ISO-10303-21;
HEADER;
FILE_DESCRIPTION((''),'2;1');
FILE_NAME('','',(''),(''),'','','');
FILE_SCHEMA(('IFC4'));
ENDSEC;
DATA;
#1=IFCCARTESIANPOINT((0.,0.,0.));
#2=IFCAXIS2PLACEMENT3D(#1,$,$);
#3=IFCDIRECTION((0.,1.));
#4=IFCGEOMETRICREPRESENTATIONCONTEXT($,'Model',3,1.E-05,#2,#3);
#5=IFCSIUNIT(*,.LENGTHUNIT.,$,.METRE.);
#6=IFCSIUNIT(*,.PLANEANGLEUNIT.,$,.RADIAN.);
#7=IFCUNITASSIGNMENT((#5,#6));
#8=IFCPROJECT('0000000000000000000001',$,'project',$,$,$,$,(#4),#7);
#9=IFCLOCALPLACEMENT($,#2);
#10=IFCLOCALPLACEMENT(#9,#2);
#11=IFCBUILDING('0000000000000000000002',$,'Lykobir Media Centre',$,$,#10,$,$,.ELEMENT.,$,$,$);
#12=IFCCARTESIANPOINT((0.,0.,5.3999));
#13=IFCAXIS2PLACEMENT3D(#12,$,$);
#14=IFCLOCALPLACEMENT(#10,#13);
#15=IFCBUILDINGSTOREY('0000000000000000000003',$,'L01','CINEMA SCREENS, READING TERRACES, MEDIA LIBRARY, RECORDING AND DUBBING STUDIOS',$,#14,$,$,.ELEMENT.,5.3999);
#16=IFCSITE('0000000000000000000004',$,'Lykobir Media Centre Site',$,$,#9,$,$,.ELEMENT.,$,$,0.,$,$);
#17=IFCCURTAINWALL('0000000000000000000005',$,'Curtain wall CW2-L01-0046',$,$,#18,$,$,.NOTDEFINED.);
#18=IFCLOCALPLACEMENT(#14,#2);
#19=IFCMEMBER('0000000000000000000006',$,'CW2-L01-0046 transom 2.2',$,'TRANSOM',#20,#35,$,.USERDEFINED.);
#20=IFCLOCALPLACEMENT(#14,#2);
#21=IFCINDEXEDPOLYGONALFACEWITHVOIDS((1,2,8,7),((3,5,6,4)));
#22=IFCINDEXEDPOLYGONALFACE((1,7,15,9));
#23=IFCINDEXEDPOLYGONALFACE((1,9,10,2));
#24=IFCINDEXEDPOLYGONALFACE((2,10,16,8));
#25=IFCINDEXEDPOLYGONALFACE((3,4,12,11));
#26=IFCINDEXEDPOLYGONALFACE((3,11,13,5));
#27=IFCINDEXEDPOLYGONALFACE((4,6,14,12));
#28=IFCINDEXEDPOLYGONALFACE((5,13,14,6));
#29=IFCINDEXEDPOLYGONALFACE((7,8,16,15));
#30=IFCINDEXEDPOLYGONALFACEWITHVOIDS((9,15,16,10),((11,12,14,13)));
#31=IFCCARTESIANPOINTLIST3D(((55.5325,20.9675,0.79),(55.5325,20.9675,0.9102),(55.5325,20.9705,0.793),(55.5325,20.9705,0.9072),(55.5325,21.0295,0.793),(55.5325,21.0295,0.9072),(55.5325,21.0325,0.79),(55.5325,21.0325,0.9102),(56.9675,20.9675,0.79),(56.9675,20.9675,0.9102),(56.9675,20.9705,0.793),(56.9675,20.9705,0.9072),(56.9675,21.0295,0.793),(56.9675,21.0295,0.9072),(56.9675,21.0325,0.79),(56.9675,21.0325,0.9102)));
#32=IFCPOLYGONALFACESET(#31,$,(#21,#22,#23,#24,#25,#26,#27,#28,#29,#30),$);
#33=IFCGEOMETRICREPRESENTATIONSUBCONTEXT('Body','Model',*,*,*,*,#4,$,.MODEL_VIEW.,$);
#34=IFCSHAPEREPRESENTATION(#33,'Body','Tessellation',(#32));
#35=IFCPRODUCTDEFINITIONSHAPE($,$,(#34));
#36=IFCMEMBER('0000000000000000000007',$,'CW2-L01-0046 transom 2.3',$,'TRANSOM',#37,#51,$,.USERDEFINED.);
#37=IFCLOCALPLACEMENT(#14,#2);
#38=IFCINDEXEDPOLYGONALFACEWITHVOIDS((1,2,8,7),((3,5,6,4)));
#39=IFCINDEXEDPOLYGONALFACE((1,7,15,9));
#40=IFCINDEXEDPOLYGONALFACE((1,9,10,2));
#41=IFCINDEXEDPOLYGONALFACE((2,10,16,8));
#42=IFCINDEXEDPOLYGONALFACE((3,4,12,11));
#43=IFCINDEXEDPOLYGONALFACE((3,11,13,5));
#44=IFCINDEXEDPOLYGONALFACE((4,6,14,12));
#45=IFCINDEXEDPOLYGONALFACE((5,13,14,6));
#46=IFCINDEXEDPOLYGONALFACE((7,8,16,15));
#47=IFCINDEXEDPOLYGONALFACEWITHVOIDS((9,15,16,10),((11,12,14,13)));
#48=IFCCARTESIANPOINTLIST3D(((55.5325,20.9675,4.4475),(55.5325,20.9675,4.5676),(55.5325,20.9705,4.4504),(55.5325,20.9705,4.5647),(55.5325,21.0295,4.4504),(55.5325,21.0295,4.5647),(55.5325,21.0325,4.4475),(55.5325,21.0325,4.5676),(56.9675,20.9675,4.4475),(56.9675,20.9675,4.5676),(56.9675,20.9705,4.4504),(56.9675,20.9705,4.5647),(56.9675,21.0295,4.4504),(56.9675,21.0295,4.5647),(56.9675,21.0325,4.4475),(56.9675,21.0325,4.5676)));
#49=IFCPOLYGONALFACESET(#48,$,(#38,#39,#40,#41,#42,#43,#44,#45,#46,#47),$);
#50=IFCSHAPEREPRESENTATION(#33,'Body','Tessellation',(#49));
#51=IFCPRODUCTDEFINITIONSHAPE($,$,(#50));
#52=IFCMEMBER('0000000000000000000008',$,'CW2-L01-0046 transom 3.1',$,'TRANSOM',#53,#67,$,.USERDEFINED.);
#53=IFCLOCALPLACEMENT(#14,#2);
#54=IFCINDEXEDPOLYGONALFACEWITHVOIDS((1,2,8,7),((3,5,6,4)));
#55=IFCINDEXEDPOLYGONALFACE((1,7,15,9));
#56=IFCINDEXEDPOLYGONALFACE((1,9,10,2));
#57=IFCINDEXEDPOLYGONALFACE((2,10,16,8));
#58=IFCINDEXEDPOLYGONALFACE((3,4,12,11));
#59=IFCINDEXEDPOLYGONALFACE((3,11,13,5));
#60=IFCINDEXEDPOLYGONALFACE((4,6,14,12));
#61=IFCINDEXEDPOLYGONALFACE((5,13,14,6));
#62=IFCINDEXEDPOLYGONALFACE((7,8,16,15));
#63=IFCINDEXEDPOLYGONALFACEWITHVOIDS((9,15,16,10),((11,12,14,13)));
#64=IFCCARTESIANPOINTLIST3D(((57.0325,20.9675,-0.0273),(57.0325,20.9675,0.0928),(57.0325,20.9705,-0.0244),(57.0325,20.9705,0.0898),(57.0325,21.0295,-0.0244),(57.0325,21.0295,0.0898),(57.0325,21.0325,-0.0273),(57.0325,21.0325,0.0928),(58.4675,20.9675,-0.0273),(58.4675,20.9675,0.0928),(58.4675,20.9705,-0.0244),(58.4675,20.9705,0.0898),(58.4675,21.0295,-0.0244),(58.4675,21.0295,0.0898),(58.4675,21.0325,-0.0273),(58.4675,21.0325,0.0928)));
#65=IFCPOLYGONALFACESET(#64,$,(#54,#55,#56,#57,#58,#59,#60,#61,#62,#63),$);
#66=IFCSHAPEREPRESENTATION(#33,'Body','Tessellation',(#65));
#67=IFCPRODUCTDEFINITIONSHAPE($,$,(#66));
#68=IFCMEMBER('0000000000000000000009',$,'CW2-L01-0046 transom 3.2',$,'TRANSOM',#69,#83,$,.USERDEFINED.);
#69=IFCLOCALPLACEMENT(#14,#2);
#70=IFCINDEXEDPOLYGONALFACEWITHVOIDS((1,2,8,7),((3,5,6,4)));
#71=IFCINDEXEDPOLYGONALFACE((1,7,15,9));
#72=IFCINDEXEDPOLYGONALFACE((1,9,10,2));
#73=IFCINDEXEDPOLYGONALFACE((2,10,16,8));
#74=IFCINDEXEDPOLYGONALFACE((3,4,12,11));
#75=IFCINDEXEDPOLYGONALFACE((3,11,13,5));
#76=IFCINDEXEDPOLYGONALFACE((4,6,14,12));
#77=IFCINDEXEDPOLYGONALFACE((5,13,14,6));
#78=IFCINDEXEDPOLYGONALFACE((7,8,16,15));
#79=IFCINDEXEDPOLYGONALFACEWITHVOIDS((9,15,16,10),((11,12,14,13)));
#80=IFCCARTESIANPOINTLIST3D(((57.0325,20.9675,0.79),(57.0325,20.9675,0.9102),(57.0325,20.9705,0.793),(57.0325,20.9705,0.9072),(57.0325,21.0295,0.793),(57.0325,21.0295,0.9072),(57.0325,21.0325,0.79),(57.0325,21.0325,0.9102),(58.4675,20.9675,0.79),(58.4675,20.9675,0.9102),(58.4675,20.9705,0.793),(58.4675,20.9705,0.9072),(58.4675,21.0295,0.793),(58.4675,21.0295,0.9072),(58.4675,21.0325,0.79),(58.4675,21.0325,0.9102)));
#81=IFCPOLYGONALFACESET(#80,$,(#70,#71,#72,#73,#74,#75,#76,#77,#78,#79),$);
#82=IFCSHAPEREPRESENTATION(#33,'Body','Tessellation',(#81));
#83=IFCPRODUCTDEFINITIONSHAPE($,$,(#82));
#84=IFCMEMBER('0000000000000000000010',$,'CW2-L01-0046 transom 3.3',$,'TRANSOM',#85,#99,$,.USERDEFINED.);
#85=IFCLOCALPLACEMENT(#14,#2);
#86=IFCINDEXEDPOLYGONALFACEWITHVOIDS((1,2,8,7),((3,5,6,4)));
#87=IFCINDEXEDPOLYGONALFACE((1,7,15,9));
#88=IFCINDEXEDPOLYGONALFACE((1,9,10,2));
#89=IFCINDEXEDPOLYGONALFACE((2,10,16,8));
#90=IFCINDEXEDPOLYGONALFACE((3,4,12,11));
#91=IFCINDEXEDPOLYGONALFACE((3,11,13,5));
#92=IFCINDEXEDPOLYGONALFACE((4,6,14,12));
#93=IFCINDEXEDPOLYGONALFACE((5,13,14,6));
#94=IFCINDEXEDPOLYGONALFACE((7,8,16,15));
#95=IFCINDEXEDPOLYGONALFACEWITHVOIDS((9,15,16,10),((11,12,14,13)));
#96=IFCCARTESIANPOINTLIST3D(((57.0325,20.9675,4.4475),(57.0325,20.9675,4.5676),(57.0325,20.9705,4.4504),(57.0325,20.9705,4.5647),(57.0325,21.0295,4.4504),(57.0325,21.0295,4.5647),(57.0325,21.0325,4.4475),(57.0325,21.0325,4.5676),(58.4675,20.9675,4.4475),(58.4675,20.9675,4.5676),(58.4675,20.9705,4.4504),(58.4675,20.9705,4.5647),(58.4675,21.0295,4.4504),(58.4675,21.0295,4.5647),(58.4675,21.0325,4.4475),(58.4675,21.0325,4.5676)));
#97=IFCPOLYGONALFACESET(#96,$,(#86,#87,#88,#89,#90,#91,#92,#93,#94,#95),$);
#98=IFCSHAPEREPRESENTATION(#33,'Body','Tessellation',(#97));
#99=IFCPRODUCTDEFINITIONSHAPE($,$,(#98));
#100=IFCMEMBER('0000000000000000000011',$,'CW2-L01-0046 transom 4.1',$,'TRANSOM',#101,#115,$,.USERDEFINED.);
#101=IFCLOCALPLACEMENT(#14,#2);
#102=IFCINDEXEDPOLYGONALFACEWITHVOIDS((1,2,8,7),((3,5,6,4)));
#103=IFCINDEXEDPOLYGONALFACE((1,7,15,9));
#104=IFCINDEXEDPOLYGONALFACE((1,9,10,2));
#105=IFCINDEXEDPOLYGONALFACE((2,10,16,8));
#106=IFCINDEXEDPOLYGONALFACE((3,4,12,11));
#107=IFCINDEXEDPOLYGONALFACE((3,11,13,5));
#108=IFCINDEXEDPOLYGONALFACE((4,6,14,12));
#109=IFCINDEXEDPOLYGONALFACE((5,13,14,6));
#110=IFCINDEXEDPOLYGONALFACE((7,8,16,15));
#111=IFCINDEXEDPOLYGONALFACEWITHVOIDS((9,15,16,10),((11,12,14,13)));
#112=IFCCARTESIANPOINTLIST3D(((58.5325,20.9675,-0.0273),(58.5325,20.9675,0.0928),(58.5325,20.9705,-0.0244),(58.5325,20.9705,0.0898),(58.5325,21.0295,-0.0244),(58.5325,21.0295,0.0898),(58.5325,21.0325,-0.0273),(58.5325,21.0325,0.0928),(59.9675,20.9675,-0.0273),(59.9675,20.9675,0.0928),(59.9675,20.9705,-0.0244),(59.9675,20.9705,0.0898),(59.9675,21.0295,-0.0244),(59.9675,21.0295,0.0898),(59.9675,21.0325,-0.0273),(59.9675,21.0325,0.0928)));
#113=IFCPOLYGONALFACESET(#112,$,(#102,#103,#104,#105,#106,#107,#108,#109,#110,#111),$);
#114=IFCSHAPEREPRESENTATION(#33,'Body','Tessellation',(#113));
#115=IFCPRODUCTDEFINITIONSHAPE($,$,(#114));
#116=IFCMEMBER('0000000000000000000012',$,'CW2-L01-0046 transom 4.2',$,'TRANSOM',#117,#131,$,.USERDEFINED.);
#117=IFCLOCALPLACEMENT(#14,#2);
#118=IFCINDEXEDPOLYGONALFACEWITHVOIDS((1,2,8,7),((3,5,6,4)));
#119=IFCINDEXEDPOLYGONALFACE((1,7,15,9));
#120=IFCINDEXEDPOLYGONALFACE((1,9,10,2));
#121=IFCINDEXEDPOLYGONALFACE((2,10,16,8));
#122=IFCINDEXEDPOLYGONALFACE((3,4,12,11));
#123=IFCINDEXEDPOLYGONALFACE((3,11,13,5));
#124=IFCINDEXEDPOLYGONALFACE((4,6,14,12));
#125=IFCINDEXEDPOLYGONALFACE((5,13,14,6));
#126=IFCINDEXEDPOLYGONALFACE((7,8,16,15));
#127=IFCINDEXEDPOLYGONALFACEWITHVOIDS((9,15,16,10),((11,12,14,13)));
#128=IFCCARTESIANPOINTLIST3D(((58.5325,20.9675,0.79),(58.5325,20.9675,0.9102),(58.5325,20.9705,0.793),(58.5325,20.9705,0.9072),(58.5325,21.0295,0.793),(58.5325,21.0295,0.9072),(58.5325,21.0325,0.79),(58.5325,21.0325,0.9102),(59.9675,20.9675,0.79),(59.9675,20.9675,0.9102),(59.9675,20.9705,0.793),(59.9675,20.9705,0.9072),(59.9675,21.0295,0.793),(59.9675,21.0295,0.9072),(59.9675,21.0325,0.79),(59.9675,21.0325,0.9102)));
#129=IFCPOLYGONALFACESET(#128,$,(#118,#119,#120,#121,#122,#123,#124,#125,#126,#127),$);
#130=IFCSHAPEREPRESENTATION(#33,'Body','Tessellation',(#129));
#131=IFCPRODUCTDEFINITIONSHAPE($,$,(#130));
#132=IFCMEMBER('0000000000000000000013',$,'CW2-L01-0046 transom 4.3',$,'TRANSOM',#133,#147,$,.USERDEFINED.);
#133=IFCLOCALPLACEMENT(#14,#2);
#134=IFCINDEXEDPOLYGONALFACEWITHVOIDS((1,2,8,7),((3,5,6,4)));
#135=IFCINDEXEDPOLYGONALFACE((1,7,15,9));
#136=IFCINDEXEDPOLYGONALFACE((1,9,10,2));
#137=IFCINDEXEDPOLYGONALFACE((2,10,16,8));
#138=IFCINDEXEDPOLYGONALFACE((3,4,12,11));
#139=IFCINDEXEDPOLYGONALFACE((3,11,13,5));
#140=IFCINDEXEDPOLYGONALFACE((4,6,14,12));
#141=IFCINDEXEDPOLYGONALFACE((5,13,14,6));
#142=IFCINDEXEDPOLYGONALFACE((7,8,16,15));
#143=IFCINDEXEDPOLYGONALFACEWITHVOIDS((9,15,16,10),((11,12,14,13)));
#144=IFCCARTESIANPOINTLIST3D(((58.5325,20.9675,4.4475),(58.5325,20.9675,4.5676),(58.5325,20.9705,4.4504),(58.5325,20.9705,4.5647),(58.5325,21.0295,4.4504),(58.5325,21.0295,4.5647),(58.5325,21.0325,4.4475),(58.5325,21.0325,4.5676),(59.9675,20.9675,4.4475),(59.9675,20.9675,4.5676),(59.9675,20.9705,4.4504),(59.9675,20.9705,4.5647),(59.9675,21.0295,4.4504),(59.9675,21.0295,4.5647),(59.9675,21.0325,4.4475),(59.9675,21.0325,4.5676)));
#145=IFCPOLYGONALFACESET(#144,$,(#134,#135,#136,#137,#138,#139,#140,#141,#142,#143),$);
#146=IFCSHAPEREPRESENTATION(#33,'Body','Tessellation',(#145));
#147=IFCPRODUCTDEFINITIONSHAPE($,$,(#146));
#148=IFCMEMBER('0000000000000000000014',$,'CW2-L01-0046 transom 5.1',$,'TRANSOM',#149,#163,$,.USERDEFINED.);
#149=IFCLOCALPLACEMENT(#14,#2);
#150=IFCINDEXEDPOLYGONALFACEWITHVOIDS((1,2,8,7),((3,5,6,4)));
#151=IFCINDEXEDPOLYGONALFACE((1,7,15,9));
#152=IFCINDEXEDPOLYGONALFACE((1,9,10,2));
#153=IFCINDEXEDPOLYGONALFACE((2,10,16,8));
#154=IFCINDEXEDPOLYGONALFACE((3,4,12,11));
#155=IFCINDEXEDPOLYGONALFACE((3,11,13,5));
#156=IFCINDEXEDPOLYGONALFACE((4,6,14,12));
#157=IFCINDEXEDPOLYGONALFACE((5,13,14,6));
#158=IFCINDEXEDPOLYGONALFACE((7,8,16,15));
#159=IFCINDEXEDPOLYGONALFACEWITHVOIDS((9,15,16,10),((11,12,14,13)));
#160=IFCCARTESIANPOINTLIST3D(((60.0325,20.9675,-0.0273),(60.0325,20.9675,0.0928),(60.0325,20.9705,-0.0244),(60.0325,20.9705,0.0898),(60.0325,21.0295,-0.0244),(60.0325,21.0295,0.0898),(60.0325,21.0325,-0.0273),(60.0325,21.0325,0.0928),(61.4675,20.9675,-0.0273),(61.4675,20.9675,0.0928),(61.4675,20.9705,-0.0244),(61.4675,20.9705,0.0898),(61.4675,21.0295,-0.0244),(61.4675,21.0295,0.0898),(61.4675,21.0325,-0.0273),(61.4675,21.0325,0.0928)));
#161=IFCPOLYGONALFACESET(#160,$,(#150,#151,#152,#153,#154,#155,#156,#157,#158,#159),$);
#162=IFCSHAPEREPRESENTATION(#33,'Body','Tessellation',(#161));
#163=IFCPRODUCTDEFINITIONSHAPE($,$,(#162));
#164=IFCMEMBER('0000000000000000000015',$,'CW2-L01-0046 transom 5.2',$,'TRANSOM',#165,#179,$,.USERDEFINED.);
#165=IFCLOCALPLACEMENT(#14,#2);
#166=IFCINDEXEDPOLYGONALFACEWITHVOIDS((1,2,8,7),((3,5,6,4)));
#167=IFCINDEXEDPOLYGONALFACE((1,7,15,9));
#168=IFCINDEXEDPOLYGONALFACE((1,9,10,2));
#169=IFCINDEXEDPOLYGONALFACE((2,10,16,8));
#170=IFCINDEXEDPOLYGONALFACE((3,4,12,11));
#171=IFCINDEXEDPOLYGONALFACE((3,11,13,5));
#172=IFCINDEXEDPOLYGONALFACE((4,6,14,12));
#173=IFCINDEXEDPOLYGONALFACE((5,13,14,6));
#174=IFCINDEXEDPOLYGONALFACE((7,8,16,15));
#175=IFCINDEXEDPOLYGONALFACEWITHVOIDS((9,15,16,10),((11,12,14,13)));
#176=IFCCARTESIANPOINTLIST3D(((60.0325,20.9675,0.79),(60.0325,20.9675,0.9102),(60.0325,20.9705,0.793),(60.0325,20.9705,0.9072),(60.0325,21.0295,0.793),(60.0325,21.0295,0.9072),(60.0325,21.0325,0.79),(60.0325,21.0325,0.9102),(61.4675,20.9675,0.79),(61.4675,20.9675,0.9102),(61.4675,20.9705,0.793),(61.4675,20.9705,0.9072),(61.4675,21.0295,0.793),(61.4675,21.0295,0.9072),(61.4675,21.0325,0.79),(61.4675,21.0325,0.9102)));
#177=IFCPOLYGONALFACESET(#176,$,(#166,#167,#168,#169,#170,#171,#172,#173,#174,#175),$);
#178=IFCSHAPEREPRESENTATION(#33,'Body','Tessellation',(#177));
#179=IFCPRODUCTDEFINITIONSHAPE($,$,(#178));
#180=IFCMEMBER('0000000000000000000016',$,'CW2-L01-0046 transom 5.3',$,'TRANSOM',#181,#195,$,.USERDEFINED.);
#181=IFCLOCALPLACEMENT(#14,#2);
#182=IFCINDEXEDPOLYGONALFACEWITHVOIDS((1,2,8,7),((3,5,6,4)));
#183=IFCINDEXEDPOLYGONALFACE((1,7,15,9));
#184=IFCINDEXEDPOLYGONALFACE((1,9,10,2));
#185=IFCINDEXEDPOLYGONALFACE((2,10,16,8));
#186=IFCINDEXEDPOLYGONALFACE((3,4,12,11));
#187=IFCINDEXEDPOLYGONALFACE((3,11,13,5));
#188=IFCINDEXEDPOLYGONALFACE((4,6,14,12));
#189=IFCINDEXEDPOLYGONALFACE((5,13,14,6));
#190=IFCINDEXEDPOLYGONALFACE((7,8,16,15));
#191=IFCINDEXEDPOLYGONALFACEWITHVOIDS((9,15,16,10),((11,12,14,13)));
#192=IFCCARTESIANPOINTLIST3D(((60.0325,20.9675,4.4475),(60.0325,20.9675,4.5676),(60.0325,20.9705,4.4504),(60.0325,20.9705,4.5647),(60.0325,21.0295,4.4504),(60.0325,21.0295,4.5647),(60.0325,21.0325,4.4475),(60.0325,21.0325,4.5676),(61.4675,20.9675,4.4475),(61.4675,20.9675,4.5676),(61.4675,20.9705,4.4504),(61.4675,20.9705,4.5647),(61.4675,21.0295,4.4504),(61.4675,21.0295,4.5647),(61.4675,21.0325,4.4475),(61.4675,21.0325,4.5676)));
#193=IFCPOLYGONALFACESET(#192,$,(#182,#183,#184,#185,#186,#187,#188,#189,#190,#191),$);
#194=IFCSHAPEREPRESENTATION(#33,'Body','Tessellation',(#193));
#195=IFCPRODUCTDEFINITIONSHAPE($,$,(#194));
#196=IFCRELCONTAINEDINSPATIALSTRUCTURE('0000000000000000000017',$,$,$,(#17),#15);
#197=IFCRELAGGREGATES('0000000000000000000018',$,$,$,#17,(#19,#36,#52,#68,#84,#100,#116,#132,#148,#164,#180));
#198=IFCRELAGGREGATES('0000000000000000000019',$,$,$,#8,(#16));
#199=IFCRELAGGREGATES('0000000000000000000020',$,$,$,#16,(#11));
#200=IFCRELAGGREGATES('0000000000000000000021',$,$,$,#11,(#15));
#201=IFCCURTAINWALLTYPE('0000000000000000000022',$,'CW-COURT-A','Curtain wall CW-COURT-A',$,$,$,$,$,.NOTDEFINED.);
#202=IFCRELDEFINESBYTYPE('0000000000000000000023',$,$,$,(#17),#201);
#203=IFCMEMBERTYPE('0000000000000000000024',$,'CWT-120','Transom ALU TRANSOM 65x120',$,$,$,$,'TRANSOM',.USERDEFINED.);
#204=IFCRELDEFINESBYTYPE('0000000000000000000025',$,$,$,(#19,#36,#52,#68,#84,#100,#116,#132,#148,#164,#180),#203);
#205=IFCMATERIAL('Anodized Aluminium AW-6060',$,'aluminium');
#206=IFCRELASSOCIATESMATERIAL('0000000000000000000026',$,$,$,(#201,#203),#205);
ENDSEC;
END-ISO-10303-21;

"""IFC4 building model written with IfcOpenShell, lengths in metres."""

from ifc_helpers import new_model, si_unit, direction, frame, origin, origin_2d, place, context, subcontext, project, spatial, hollow_rectangle, extrude, material, material_profile, profile_set, type_object, element, aggregate, save


model = new_model("IFC4")

# Units and contexts
model_context = context("Model", 3, precision=1e-05, world=origin(), true_north=direction((0.0, 1.0)))
body_context = subcontext(model_context, "Body", "Model", "MODEL_VIEW")
ifc_project = project(units=[si_unit("LENGTHUNIT", "METRE"), si_unit("PLANEANGLEUNIT", "RADIAN")], contexts=[model_context])

# Site, building, storey
site_placement = place(None, origin())
site = spatial("IfcSite", under=ifc_project, at=site_placement, Name="Lykobir Media Centre Site", CompositionType="ELEMENT", RefElevation=0.0)
building_placement = place(site_placement, origin())
building = spatial("IfcBuilding", under=site, at=building_placement, Name="Lykobir Media Centre", CompositionType="ELEMENT")
storey_placement = place(building_placement, frame((0.0, 0.0, 5.3999)))
storey = spatial("IfcBuildingStorey", under=building, at=storey_placement, Name="L01", Description="CINEMA SCREENS, READING TERRACES, MEDIA LIBRARY, RECORDING AND DUBBING STUDIOS", CompositionType="ELEMENT", Elevation=5.3999)

# Shared definitions
ifc_material_1 = material(Name="Anodized Aluminium AW-6060", Category="aluminium")
curtain_wall_type = type_object("IfcCurtainWallType", Name="CW-COURT-A", Description="Curtain wall CW-COURT-A", PredefinedType="NOTDEFINED", material=ifc_material_1)

# Curtain wall, members
curtain_wall_1_placement = place(storey_placement, origin())
curtain_wall_1 = element("IfcCurtainWall", 1, at=curtain_wall_1_placement, inside=storey, type_object=curtain_wall_type, Name="Curtain wall CW2-L01-0046", PredefinedType="NOTDEFINED")
ifc_material_profile_1 = material_profile(ifc_material_1, hollow_rectangle(XDim=0.0649, YDim=0.1201, WallThickness=0.0029, at=origin_2d()), Name="ALU TRANSOM 65x120")
ifc_profile_set_1 = profile_set([ifc_material_profile_1], Name="Anodized Aluminium AW-6060")
member_type_1 = type_object("IfcMemberType", Name="CWT-120", Description="Transom ALU TRANSOM 65x120", ElementType="TRANSOM", PredefinedType="USERDEFINED", material=ifc_profile_set_1)
member_1_placement = place(storey_placement, frame((55.5325, 21.0, 0.8501), z_axis=(1.0, 0.0, 0.0), x_axis=(0.0, 1.0, 0.0)))
member_1 = element("IfcMember", 2, at=member_1_placement, type_object=member_type_1, Name="CW2-L01-0046 transom 2.2", ObjectType="TRANSOM", PredefinedType="USERDEFINED", context=body_context, shape_type="SweptSolid", body=[
    extrude(hollow_rectangle(XDim=0.0649, YDim=0.1201, WallThickness=0.0029, at=origin_2d()), origin(), (0.0, 0.0, 1.0), 1.4351),
])
member_2_placement = place(storey_placement, frame((55.5325, 21.0, 4.5076), z_axis=(1.0, 0.0, 0.0), x_axis=(0.0, 1.0, 0.0)))
member_2 = element("IfcMember", 3, at=member_2_placement, type_object=member_type_1, Name="CW2-L01-0046 transom 2.3", ObjectType="TRANSOM", PredefinedType="USERDEFINED", context=body_context, shape_type="SweptSolid", body=[
    extrude(hollow_rectangle(XDim=0.0649, YDim=0.1201, WallThickness=0.0029, at=origin_2d()), origin(), (0.0, 0.0, 1.0), 1.4351),
])
member_3_placement = place(storey_placement, frame((57.0325, 21.0, 0.0327), z_axis=(1.0, 0.0, 0.0), x_axis=(0.0, 1.0, 0.0)))
member_3 = element("IfcMember", 4, at=member_3_placement, type_object=member_type_1, Name="CW2-L01-0046 transom 3.1", ObjectType="TRANSOM", PredefinedType="USERDEFINED", context=body_context, shape_type="SweptSolid", body=[
    extrude(hollow_rectangle(XDim=0.0649, YDim=0.1201, WallThickness=0.0029, at=origin_2d()), origin(), (0.0, 0.0, 1.0), 1.4351),
])
member_4_placement = place(storey_placement, frame((57.0325, 21.0, 0.8501), z_axis=(1.0, 0.0, 0.0), x_axis=(0.0, 1.0, 0.0)))
member_4 = element("IfcMember", 5, at=member_4_placement, type_object=member_type_1, Name="CW2-L01-0046 transom 3.2", ObjectType="TRANSOM", PredefinedType="USERDEFINED", context=body_context, shape_type="SweptSolid", body=[
    extrude(hollow_rectangle(XDim=0.0649, YDim=0.1201, WallThickness=0.0029, at=origin_2d()), origin(), (0.0, 0.0, 1.0), 1.4351),
])
member_5_placement = place(storey_placement, frame((57.0325, 21.0, 4.5076), z_axis=(1.0, 0.0, 0.0), x_axis=(0.0, 1.0, 0.0)))
member_5 = element("IfcMember", 6, at=member_5_placement, type_object=member_type_1, Name="CW2-L01-0046 transom 3.3", ObjectType="TRANSOM", PredefinedType="USERDEFINED", context=body_context, shape_type="SweptSolid", body=[
    extrude(hollow_rectangle(XDim=0.0649, YDim=0.1201, WallThickness=0.0029, at=origin_2d()), origin(), (0.0, 0.0, 1.0), 1.4351),
])
member_6_placement = place(storey_placement, frame((58.5325, 21.0, 0.0327), z_axis=(1.0, 0.0, 0.0), x_axis=(0.0, 1.0, 0.0)))
member_6 = element("IfcMember", 7, at=member_6_placement, type_object=member_type_1, Name="CW2-L01-0046 transom 4.1", ObjectType="TRANSOM", PredefinedType="USERDEFINED", context=body_context, shape_type="SweptSolid", body=[
    extrude(hollow_rectangle(XDim=0.0649, YDim=0.1201, WallThickness=0.0029, at=origin_2d()), origin(), (0.0, 0.0, 1.0), 1.4351),
])
member_7_placement = place(storey_placement, frame((58.5325, 21.0, 0.8501), z_axis=(1.0, 0.0, 0.0), x_axis=(0.0, 1.0, 0.0)))
member_7 = element("IfcMember", 8, at=member_7_placement, type_object=member_type_1, Name="CW2-L01-0046 transom 4.2", ObjectType="TRANSOM", PredefinedType="USERDEFINED", context=body_context, shape_type="SweptSolid", body=[
    extrude(hollow_rectangle(XDim=0.0649, YDim=0.1201, WallThickness=0.0029, at=origin_2d()), origin(), (0.0, 0.0, 1.0), 1.4351),
])
member_8_placement = place(storey_placement, frame((58.5325, 21.0, 4.5076), z_axis=(1.0, 0.0, 0.0), x_axis=(0.0, 1.0, 0.0)))
member_8 = element("IfcMember", 9, at=member_8_placement, type_object=member_type_1, Name="CW2-L01-0046 transom 4.3", ObjectType="TRANSOM", PredefinedType="USERDEFINED", context=body_context, shape_type="SweptSolid", body=[
    extrude(hollow_rectangle(XDim=0.0649, YDim=0.1201, WallThickness=0.0029, at=origin_2d()), origin(), (0.0, 0.0, 1.0), 1.4351),
])
member_9_placement = place(storey_placement, frame((60.0325, 21.0, 0.0327), z_axis=(1.0, 0.0, 0.0), x_axis=(0.0, 1.0, 0.0)))
member_9 = element("IfcMember", 10, at=member_9_placement, type_object=member_type_1, Name="CW2-L01-0046 transom 5.1", ObjectType="TRANSOM", PredefinedType="USERDEFINED", context=body_context, shape_type="SweptSolid", body=[
    extrude(hollow_rectangle(XDim=0.0649, YDim=0.1201, WallThickness=0.0029, at=origin_2d()), origin(), (0.0, 0.0, 1.0), 1.4351),
])
member_10_placement = place(storey_placement, frame((60.0325, 21.0, 0.8501), z_axis=(1.0, 0.0, 0.0), x_axis=(0.0, 1.0, 0.0)))
member_10 = element("IfcMember", 11, at=member_10_placement, type_object=member_type_1, Name="CW2-L01-0046 transom 5.2", ObjectType="TRANSOM", PredefinedType="USERDEFINED", context=body_context, shape_type="SweptSolid", body=[
    extrude(hollow_rectangle(XDim=0.0649, YDim=0.1201, WallThickness=0.0029, at=origin_2d()), origin(), (0.0, 0.0, 1.0), 1.4351),
])
member_11_placement = place(storey_placement, frame((60.0325, 21.0, 4.5076), z_axis=(1.0, 0.0, 0.0), x_axis=(0.0, 1.0, 0.0)))
member_11 = element("IfcMember", 12, at=member_11_placement, type_object=member_type_1, Name="CW2-L01-0046 transom 5.3", ObjectType="TRANSOM", PredefinedType="USERDEFINED", context=body_context, shape_type="SweptSolid", body=[
    extrude(hollow_rectangle(XDim=0.0649, YDim=0.1201, WallThickness=0.0029, at=origin_2d()), origin(), (0.0, 0.0, 1.0), 1.4351),
])

aggregate(curtain_wall_1, [member_1, member_2, member_3, member_4, member_5, member_6, member_7, member_8, member_9, member_10, member_11])

save(model, "model.ifc")
